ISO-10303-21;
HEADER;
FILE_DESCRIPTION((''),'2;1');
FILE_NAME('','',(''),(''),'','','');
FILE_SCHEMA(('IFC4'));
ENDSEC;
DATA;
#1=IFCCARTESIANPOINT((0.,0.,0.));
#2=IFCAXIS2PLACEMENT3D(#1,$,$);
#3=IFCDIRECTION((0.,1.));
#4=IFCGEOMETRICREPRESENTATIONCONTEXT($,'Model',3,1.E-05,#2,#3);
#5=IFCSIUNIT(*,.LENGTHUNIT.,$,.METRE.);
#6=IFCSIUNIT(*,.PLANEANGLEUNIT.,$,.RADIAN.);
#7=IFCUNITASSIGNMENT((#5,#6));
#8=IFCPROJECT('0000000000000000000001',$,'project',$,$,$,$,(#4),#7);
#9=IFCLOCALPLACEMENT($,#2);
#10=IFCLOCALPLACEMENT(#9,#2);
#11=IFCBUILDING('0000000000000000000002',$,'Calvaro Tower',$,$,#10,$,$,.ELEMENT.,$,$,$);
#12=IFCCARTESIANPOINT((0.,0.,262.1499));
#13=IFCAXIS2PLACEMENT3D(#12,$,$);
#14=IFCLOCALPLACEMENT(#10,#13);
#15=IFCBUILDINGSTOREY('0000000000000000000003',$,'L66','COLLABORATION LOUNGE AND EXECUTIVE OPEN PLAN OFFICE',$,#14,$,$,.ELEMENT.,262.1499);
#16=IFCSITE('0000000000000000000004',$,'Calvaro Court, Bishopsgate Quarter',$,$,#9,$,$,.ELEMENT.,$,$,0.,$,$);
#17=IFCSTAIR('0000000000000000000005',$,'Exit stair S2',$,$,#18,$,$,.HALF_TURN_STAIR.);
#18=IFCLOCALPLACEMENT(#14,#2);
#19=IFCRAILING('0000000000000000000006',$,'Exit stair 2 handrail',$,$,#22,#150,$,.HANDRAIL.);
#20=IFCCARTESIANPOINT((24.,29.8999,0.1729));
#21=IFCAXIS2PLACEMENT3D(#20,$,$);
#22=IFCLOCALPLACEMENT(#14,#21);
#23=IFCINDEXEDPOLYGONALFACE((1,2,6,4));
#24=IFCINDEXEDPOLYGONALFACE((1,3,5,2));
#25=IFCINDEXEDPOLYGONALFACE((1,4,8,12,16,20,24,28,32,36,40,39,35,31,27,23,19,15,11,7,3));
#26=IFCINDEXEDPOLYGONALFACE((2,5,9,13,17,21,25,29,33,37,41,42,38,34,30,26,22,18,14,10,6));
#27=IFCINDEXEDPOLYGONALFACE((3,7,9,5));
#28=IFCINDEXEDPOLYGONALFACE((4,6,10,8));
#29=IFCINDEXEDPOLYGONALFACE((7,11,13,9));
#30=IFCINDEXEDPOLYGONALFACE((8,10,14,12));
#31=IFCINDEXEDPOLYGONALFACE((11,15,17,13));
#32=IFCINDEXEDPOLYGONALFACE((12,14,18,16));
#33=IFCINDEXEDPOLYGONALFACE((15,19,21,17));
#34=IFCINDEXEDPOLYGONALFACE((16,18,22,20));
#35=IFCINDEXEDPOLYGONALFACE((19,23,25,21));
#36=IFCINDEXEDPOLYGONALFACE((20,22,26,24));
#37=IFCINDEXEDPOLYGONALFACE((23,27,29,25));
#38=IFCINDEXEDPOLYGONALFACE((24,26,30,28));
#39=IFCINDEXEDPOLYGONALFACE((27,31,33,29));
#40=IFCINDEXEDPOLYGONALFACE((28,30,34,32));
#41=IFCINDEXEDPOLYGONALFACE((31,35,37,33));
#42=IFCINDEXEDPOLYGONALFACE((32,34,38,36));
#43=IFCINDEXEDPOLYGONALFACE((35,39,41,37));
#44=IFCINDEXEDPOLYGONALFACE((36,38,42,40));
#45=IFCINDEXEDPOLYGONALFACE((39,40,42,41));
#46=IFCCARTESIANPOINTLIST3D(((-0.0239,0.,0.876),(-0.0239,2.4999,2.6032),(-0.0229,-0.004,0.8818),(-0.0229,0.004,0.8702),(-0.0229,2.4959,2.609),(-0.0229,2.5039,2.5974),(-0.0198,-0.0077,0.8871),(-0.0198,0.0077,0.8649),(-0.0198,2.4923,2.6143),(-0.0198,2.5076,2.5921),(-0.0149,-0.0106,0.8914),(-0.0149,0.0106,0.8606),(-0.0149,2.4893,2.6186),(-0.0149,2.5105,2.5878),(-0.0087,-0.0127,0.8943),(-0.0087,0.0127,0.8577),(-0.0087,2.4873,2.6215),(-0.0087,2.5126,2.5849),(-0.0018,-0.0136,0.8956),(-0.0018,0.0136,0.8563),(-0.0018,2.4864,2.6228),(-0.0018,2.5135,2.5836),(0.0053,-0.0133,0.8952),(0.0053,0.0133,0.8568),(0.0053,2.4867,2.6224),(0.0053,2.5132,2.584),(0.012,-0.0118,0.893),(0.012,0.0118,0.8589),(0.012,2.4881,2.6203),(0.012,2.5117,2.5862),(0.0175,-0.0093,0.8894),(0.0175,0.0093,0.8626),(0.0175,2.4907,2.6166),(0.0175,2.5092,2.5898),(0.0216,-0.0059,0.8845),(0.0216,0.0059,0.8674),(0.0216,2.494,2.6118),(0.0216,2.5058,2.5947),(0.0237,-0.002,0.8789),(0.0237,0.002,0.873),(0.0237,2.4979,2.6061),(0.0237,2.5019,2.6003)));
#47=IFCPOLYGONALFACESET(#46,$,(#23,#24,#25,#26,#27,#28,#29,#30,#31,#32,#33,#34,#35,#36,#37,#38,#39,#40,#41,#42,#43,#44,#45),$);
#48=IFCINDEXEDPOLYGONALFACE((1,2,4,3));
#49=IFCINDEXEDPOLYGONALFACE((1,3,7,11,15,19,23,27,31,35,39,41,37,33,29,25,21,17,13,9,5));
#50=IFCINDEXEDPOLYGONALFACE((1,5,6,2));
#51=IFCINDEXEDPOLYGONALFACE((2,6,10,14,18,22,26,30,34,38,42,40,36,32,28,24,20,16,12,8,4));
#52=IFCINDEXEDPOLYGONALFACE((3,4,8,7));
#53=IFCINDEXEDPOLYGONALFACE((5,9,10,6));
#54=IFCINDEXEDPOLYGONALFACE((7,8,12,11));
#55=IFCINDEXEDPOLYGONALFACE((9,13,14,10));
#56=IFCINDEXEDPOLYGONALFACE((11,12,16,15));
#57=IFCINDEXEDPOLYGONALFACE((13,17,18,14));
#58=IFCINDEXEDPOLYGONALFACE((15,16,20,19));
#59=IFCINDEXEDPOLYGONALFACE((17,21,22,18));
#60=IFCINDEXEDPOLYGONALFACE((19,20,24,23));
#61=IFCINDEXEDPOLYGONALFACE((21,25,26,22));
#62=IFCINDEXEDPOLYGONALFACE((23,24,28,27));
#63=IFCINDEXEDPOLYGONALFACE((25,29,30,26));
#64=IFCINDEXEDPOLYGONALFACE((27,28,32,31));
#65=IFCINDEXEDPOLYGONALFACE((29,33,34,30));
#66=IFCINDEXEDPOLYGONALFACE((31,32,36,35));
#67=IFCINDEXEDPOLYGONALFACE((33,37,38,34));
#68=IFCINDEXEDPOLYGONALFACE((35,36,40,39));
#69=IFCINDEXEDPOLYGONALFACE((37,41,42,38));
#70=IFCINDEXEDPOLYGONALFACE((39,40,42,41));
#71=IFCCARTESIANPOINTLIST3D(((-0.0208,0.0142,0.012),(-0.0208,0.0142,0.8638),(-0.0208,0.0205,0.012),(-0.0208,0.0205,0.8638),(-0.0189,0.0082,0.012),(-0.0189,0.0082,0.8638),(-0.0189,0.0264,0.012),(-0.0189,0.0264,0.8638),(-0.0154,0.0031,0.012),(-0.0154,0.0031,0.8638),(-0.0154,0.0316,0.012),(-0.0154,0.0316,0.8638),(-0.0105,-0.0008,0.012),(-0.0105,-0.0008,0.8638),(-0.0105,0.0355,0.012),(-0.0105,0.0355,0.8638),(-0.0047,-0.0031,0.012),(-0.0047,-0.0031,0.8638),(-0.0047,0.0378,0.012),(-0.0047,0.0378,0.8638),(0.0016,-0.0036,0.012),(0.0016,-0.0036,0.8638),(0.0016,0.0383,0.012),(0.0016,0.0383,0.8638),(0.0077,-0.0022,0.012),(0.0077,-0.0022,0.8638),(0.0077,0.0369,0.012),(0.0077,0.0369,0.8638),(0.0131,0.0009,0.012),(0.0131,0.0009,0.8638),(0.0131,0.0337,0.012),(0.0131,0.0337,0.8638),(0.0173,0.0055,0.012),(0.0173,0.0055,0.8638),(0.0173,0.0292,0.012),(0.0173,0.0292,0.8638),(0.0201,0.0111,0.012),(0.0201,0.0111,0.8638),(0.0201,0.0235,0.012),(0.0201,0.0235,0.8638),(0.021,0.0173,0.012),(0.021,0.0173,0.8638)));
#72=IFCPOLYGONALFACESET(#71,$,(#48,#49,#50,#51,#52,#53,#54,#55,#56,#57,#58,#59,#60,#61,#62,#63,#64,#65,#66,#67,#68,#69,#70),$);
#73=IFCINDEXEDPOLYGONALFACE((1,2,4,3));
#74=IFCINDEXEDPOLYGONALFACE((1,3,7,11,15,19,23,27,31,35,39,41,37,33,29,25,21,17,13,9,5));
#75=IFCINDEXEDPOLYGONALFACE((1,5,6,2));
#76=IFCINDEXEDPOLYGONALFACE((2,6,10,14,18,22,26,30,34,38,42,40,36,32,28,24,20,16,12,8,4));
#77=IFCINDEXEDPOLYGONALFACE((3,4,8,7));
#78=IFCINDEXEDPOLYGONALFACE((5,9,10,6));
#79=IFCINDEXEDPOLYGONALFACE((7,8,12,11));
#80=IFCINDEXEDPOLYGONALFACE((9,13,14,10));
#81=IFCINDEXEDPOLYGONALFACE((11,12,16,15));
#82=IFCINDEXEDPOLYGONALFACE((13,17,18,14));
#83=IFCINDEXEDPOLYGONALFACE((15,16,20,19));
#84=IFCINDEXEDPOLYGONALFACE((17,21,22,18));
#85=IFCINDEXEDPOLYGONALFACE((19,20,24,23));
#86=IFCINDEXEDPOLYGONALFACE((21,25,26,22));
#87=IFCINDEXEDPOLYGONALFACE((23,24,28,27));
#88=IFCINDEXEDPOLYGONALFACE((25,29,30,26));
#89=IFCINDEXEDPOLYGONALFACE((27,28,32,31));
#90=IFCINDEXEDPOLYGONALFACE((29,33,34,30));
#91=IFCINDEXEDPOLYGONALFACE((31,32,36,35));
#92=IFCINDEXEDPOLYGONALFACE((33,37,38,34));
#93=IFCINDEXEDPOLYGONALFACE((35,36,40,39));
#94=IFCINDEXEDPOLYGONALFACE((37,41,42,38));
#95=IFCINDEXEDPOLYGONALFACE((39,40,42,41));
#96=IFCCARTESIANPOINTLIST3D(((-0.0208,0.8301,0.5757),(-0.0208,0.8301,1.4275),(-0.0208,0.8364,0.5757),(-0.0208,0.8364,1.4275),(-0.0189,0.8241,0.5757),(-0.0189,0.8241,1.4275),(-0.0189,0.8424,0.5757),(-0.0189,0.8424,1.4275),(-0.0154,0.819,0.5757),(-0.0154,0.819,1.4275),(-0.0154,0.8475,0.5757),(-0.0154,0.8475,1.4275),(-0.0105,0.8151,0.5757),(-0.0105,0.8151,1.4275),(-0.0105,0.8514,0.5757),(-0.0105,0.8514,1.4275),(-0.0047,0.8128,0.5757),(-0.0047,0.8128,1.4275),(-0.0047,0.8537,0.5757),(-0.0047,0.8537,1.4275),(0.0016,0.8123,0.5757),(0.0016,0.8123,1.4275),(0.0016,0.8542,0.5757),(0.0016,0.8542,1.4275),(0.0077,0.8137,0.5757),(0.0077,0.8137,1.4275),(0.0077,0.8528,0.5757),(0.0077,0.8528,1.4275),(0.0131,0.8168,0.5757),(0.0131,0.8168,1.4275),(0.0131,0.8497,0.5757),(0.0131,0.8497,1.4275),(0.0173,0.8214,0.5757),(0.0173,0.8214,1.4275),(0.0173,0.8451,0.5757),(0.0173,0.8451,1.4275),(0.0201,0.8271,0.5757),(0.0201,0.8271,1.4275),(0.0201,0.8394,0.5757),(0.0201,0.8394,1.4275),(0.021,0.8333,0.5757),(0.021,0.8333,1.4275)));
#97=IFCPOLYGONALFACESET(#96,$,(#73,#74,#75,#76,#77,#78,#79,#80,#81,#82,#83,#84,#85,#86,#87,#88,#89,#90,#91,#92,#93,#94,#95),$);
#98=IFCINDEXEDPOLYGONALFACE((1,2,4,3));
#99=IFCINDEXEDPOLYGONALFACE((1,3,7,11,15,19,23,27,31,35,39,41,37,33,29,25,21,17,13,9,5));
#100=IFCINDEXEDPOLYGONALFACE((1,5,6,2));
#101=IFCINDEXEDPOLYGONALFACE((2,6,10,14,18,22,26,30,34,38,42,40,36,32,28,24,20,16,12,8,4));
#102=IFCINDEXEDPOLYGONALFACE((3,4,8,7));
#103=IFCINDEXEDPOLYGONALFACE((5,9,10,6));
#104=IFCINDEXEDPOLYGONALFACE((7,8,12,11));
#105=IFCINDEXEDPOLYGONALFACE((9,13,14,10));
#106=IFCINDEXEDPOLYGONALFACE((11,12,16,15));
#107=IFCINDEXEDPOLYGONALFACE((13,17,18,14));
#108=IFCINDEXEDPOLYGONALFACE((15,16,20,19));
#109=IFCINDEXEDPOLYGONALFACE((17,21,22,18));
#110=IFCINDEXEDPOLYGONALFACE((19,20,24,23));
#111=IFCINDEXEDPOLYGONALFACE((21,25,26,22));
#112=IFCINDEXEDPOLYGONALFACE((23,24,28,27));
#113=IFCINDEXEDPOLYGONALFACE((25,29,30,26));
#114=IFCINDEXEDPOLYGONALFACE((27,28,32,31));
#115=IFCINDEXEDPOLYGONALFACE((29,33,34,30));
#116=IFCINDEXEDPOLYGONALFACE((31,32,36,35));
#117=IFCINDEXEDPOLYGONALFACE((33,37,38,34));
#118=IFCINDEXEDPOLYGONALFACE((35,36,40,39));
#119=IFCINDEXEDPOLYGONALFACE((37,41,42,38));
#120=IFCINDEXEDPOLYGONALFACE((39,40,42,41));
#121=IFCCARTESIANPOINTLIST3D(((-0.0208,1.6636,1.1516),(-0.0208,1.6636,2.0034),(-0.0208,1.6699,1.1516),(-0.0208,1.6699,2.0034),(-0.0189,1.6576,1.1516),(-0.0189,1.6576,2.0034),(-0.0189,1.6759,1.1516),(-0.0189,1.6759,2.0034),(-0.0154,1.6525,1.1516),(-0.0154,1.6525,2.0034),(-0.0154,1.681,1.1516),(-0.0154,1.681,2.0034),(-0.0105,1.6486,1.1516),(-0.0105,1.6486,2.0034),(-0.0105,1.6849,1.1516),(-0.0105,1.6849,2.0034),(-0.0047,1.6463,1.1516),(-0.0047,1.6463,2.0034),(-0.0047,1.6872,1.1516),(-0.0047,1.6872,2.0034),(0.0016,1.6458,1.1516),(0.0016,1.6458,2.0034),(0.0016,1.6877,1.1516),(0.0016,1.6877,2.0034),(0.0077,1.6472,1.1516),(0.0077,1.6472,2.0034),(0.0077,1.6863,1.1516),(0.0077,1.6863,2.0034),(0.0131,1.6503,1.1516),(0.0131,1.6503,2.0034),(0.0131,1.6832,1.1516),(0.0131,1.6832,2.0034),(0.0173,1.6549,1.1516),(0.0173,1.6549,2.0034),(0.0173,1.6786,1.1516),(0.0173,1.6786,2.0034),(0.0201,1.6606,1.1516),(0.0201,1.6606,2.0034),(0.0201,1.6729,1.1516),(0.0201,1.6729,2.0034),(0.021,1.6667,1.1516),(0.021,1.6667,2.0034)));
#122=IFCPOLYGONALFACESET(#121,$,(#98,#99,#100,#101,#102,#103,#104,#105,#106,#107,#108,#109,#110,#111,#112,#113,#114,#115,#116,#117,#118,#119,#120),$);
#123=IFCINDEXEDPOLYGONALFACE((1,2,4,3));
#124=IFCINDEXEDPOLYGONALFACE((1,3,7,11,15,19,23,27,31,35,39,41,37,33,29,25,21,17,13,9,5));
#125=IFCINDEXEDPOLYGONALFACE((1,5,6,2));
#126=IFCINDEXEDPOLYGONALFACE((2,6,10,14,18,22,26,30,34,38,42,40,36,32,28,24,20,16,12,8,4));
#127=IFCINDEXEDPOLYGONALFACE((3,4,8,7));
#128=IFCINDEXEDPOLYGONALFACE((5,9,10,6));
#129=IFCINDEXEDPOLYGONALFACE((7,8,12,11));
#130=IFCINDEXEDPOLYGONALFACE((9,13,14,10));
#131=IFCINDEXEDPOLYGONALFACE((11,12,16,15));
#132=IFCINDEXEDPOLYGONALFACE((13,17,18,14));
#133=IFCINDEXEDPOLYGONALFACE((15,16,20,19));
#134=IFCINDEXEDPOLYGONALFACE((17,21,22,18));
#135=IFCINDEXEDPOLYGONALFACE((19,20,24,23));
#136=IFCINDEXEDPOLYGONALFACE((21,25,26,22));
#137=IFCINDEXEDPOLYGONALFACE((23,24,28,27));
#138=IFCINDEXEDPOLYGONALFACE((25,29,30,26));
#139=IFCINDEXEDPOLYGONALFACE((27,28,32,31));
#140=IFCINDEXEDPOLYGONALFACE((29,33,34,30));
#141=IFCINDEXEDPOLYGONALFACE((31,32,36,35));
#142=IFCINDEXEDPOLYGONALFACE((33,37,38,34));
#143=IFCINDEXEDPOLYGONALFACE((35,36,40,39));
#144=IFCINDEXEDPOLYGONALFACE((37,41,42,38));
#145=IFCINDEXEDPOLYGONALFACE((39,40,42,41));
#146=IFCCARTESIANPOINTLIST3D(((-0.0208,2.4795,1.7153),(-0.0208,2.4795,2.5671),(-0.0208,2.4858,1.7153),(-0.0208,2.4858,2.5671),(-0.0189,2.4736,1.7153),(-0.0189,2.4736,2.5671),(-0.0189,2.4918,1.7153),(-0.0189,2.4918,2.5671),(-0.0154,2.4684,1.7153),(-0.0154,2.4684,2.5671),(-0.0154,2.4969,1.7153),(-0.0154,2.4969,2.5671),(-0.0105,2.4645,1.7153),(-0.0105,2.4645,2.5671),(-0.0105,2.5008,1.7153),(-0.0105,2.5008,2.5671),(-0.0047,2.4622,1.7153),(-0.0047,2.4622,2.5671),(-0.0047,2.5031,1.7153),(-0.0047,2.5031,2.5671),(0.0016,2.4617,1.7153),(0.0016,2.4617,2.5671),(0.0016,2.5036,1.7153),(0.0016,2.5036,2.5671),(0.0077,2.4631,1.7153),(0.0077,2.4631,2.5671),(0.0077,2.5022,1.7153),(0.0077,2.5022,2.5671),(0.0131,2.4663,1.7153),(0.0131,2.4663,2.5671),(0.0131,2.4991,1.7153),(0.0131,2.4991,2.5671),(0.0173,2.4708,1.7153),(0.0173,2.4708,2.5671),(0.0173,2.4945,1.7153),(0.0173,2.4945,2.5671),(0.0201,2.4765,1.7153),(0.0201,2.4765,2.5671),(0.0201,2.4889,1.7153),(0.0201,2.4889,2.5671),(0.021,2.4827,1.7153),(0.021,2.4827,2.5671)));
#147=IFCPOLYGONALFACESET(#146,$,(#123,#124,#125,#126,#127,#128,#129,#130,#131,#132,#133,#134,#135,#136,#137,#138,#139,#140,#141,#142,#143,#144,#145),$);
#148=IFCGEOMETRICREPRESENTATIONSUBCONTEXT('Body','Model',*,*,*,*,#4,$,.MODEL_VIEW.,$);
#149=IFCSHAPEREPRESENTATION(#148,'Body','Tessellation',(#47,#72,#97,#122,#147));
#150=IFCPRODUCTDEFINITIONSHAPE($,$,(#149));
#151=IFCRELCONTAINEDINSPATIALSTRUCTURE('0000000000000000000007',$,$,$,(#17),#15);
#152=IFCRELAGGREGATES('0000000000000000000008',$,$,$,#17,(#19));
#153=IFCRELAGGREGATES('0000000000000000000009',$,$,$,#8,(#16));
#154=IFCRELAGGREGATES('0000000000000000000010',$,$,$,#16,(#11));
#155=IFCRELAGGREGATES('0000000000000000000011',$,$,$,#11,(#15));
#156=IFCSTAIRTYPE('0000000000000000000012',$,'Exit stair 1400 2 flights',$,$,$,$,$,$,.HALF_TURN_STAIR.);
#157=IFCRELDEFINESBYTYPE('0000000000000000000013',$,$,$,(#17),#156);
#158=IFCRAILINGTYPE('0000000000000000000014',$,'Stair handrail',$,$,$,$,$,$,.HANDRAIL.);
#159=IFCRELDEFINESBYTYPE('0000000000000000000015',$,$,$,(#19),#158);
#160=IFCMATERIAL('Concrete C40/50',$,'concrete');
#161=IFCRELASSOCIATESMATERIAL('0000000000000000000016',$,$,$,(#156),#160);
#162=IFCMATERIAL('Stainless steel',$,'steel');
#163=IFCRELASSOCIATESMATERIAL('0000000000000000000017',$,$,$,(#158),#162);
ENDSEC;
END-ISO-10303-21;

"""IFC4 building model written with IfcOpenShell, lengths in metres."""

from ifc_helpers import new_model, si_unit, direction, frame, origin, origin_2d, place, context, subcontext, project, spatial, circle, extrude, material, type_object, element, aggregate, save


model = new_model("IFC4")

# Units and contexts
model_context = context("Model", 3, precision=1e-05, world=origin(), true_north=direction((0.0, 1.0)))
body_context = subcontext(model_context, "Body", "Model", "MODEL_VIEW")
ifc_project = project(units=[si_unit("LENGTHUNIT", "METRE"), si_unit("PLANEANGLEUNIT", "RADIAN")], contexts=[model_context])

# Site, building, storey
site_placement = place(None, origin())
site = spatial("IfcSite", under=ifc_project, at=site_placement, Name="Calvaro Court, Bishopsgate Quarter", CompositionType="ELEMENT", RefElevation=0.0)
building_placement = place(site_placement, origin())
building = spatial("IfcBuilding", under=site, at=building_placement, Name="Calvaro Tower", CompositionType="ELEMENT")
storey_placement = place(building_placement, frame((0.0, 0.0, 262.1499)))
storey = spatial("IfcBuildingStorey", under=building, at=storey_placement, Name="L66", Description="COLLABORATION LOUNGE AND EXECUTIVE OPEN PLAN OFFICE", CompositionType="ELEMENT", Elevation=262.1499)

# Stair
ifc_material_1 = material(Name="Concrete C40/50", Category="concrete")
stair_type = type_object("IfcStairType", Name="Exit stair 1400 2 flights", PredefinedType="HALF_TURN_STAIR", material=ifc_material_1)
stair_1_placement = place(storey_placement, origin())
stair_1 = element("IfcStair", 1, at=stair_1_placement, inside=storey, type_object=stair_type, Name="Exit stair S2", PredefinedType="HALF_TURN_STAIR")

# Shared definitions
ifc_material_2 = material(Name="Stainless steel", Category="steel")
railing_type = type_object("IfcRailingType", Name="Stair handrail", PredefinedType="HANDRAIL", material=ifc_material_2)

# Railing
railing_1_placement = place(storey_placement, frame((24.0, 29.8999, 0.1729)))
railing_1 = element("IfcRailing", 2, at=railing_1_placement, type_object=railing_type, Name="Exit stair 2 handrail", PredefinedType="HANDRAIL", context=body_context, shape_type="SweptSolid", body=[
    extrude(circle(Radius=0.0239, at=origin_2d()), frame((0.0, 0.0, 0.876), z_axis=(0.0, 0.822727, 0.568437), x_axis=(-1.0, 0.0, 0.0)), (0.0, 0.0, 1.0), 3.0386),
    extrude(circle(Radius=0.021, at=origin_2d()), frame((0.0, 0.0173, 0.012)), (0.0, 0.0, 1.0), 0.8518),
    extrude(circle(Radius=0.021, at=origin_2d()), frame((0.0, 0.8333, 0.5757)), (0.0, 0.0, 1.0), 0.8518),
    extrude(circle(Radius=0.021, at=origin_2d()), frame((0.0, 1.6667, 1.1516)), (0.0, 0.0, 1.0), 0.8518),
    extrude(circle(Radius=0.021, at=origin_2d()), frame((0.0, 2.4827, 1.7153)), (0.0, 0.0, 1.0), 0.8518),
])
aggregate(stair_1, [railing_1])

save(model, "model.ifc")
